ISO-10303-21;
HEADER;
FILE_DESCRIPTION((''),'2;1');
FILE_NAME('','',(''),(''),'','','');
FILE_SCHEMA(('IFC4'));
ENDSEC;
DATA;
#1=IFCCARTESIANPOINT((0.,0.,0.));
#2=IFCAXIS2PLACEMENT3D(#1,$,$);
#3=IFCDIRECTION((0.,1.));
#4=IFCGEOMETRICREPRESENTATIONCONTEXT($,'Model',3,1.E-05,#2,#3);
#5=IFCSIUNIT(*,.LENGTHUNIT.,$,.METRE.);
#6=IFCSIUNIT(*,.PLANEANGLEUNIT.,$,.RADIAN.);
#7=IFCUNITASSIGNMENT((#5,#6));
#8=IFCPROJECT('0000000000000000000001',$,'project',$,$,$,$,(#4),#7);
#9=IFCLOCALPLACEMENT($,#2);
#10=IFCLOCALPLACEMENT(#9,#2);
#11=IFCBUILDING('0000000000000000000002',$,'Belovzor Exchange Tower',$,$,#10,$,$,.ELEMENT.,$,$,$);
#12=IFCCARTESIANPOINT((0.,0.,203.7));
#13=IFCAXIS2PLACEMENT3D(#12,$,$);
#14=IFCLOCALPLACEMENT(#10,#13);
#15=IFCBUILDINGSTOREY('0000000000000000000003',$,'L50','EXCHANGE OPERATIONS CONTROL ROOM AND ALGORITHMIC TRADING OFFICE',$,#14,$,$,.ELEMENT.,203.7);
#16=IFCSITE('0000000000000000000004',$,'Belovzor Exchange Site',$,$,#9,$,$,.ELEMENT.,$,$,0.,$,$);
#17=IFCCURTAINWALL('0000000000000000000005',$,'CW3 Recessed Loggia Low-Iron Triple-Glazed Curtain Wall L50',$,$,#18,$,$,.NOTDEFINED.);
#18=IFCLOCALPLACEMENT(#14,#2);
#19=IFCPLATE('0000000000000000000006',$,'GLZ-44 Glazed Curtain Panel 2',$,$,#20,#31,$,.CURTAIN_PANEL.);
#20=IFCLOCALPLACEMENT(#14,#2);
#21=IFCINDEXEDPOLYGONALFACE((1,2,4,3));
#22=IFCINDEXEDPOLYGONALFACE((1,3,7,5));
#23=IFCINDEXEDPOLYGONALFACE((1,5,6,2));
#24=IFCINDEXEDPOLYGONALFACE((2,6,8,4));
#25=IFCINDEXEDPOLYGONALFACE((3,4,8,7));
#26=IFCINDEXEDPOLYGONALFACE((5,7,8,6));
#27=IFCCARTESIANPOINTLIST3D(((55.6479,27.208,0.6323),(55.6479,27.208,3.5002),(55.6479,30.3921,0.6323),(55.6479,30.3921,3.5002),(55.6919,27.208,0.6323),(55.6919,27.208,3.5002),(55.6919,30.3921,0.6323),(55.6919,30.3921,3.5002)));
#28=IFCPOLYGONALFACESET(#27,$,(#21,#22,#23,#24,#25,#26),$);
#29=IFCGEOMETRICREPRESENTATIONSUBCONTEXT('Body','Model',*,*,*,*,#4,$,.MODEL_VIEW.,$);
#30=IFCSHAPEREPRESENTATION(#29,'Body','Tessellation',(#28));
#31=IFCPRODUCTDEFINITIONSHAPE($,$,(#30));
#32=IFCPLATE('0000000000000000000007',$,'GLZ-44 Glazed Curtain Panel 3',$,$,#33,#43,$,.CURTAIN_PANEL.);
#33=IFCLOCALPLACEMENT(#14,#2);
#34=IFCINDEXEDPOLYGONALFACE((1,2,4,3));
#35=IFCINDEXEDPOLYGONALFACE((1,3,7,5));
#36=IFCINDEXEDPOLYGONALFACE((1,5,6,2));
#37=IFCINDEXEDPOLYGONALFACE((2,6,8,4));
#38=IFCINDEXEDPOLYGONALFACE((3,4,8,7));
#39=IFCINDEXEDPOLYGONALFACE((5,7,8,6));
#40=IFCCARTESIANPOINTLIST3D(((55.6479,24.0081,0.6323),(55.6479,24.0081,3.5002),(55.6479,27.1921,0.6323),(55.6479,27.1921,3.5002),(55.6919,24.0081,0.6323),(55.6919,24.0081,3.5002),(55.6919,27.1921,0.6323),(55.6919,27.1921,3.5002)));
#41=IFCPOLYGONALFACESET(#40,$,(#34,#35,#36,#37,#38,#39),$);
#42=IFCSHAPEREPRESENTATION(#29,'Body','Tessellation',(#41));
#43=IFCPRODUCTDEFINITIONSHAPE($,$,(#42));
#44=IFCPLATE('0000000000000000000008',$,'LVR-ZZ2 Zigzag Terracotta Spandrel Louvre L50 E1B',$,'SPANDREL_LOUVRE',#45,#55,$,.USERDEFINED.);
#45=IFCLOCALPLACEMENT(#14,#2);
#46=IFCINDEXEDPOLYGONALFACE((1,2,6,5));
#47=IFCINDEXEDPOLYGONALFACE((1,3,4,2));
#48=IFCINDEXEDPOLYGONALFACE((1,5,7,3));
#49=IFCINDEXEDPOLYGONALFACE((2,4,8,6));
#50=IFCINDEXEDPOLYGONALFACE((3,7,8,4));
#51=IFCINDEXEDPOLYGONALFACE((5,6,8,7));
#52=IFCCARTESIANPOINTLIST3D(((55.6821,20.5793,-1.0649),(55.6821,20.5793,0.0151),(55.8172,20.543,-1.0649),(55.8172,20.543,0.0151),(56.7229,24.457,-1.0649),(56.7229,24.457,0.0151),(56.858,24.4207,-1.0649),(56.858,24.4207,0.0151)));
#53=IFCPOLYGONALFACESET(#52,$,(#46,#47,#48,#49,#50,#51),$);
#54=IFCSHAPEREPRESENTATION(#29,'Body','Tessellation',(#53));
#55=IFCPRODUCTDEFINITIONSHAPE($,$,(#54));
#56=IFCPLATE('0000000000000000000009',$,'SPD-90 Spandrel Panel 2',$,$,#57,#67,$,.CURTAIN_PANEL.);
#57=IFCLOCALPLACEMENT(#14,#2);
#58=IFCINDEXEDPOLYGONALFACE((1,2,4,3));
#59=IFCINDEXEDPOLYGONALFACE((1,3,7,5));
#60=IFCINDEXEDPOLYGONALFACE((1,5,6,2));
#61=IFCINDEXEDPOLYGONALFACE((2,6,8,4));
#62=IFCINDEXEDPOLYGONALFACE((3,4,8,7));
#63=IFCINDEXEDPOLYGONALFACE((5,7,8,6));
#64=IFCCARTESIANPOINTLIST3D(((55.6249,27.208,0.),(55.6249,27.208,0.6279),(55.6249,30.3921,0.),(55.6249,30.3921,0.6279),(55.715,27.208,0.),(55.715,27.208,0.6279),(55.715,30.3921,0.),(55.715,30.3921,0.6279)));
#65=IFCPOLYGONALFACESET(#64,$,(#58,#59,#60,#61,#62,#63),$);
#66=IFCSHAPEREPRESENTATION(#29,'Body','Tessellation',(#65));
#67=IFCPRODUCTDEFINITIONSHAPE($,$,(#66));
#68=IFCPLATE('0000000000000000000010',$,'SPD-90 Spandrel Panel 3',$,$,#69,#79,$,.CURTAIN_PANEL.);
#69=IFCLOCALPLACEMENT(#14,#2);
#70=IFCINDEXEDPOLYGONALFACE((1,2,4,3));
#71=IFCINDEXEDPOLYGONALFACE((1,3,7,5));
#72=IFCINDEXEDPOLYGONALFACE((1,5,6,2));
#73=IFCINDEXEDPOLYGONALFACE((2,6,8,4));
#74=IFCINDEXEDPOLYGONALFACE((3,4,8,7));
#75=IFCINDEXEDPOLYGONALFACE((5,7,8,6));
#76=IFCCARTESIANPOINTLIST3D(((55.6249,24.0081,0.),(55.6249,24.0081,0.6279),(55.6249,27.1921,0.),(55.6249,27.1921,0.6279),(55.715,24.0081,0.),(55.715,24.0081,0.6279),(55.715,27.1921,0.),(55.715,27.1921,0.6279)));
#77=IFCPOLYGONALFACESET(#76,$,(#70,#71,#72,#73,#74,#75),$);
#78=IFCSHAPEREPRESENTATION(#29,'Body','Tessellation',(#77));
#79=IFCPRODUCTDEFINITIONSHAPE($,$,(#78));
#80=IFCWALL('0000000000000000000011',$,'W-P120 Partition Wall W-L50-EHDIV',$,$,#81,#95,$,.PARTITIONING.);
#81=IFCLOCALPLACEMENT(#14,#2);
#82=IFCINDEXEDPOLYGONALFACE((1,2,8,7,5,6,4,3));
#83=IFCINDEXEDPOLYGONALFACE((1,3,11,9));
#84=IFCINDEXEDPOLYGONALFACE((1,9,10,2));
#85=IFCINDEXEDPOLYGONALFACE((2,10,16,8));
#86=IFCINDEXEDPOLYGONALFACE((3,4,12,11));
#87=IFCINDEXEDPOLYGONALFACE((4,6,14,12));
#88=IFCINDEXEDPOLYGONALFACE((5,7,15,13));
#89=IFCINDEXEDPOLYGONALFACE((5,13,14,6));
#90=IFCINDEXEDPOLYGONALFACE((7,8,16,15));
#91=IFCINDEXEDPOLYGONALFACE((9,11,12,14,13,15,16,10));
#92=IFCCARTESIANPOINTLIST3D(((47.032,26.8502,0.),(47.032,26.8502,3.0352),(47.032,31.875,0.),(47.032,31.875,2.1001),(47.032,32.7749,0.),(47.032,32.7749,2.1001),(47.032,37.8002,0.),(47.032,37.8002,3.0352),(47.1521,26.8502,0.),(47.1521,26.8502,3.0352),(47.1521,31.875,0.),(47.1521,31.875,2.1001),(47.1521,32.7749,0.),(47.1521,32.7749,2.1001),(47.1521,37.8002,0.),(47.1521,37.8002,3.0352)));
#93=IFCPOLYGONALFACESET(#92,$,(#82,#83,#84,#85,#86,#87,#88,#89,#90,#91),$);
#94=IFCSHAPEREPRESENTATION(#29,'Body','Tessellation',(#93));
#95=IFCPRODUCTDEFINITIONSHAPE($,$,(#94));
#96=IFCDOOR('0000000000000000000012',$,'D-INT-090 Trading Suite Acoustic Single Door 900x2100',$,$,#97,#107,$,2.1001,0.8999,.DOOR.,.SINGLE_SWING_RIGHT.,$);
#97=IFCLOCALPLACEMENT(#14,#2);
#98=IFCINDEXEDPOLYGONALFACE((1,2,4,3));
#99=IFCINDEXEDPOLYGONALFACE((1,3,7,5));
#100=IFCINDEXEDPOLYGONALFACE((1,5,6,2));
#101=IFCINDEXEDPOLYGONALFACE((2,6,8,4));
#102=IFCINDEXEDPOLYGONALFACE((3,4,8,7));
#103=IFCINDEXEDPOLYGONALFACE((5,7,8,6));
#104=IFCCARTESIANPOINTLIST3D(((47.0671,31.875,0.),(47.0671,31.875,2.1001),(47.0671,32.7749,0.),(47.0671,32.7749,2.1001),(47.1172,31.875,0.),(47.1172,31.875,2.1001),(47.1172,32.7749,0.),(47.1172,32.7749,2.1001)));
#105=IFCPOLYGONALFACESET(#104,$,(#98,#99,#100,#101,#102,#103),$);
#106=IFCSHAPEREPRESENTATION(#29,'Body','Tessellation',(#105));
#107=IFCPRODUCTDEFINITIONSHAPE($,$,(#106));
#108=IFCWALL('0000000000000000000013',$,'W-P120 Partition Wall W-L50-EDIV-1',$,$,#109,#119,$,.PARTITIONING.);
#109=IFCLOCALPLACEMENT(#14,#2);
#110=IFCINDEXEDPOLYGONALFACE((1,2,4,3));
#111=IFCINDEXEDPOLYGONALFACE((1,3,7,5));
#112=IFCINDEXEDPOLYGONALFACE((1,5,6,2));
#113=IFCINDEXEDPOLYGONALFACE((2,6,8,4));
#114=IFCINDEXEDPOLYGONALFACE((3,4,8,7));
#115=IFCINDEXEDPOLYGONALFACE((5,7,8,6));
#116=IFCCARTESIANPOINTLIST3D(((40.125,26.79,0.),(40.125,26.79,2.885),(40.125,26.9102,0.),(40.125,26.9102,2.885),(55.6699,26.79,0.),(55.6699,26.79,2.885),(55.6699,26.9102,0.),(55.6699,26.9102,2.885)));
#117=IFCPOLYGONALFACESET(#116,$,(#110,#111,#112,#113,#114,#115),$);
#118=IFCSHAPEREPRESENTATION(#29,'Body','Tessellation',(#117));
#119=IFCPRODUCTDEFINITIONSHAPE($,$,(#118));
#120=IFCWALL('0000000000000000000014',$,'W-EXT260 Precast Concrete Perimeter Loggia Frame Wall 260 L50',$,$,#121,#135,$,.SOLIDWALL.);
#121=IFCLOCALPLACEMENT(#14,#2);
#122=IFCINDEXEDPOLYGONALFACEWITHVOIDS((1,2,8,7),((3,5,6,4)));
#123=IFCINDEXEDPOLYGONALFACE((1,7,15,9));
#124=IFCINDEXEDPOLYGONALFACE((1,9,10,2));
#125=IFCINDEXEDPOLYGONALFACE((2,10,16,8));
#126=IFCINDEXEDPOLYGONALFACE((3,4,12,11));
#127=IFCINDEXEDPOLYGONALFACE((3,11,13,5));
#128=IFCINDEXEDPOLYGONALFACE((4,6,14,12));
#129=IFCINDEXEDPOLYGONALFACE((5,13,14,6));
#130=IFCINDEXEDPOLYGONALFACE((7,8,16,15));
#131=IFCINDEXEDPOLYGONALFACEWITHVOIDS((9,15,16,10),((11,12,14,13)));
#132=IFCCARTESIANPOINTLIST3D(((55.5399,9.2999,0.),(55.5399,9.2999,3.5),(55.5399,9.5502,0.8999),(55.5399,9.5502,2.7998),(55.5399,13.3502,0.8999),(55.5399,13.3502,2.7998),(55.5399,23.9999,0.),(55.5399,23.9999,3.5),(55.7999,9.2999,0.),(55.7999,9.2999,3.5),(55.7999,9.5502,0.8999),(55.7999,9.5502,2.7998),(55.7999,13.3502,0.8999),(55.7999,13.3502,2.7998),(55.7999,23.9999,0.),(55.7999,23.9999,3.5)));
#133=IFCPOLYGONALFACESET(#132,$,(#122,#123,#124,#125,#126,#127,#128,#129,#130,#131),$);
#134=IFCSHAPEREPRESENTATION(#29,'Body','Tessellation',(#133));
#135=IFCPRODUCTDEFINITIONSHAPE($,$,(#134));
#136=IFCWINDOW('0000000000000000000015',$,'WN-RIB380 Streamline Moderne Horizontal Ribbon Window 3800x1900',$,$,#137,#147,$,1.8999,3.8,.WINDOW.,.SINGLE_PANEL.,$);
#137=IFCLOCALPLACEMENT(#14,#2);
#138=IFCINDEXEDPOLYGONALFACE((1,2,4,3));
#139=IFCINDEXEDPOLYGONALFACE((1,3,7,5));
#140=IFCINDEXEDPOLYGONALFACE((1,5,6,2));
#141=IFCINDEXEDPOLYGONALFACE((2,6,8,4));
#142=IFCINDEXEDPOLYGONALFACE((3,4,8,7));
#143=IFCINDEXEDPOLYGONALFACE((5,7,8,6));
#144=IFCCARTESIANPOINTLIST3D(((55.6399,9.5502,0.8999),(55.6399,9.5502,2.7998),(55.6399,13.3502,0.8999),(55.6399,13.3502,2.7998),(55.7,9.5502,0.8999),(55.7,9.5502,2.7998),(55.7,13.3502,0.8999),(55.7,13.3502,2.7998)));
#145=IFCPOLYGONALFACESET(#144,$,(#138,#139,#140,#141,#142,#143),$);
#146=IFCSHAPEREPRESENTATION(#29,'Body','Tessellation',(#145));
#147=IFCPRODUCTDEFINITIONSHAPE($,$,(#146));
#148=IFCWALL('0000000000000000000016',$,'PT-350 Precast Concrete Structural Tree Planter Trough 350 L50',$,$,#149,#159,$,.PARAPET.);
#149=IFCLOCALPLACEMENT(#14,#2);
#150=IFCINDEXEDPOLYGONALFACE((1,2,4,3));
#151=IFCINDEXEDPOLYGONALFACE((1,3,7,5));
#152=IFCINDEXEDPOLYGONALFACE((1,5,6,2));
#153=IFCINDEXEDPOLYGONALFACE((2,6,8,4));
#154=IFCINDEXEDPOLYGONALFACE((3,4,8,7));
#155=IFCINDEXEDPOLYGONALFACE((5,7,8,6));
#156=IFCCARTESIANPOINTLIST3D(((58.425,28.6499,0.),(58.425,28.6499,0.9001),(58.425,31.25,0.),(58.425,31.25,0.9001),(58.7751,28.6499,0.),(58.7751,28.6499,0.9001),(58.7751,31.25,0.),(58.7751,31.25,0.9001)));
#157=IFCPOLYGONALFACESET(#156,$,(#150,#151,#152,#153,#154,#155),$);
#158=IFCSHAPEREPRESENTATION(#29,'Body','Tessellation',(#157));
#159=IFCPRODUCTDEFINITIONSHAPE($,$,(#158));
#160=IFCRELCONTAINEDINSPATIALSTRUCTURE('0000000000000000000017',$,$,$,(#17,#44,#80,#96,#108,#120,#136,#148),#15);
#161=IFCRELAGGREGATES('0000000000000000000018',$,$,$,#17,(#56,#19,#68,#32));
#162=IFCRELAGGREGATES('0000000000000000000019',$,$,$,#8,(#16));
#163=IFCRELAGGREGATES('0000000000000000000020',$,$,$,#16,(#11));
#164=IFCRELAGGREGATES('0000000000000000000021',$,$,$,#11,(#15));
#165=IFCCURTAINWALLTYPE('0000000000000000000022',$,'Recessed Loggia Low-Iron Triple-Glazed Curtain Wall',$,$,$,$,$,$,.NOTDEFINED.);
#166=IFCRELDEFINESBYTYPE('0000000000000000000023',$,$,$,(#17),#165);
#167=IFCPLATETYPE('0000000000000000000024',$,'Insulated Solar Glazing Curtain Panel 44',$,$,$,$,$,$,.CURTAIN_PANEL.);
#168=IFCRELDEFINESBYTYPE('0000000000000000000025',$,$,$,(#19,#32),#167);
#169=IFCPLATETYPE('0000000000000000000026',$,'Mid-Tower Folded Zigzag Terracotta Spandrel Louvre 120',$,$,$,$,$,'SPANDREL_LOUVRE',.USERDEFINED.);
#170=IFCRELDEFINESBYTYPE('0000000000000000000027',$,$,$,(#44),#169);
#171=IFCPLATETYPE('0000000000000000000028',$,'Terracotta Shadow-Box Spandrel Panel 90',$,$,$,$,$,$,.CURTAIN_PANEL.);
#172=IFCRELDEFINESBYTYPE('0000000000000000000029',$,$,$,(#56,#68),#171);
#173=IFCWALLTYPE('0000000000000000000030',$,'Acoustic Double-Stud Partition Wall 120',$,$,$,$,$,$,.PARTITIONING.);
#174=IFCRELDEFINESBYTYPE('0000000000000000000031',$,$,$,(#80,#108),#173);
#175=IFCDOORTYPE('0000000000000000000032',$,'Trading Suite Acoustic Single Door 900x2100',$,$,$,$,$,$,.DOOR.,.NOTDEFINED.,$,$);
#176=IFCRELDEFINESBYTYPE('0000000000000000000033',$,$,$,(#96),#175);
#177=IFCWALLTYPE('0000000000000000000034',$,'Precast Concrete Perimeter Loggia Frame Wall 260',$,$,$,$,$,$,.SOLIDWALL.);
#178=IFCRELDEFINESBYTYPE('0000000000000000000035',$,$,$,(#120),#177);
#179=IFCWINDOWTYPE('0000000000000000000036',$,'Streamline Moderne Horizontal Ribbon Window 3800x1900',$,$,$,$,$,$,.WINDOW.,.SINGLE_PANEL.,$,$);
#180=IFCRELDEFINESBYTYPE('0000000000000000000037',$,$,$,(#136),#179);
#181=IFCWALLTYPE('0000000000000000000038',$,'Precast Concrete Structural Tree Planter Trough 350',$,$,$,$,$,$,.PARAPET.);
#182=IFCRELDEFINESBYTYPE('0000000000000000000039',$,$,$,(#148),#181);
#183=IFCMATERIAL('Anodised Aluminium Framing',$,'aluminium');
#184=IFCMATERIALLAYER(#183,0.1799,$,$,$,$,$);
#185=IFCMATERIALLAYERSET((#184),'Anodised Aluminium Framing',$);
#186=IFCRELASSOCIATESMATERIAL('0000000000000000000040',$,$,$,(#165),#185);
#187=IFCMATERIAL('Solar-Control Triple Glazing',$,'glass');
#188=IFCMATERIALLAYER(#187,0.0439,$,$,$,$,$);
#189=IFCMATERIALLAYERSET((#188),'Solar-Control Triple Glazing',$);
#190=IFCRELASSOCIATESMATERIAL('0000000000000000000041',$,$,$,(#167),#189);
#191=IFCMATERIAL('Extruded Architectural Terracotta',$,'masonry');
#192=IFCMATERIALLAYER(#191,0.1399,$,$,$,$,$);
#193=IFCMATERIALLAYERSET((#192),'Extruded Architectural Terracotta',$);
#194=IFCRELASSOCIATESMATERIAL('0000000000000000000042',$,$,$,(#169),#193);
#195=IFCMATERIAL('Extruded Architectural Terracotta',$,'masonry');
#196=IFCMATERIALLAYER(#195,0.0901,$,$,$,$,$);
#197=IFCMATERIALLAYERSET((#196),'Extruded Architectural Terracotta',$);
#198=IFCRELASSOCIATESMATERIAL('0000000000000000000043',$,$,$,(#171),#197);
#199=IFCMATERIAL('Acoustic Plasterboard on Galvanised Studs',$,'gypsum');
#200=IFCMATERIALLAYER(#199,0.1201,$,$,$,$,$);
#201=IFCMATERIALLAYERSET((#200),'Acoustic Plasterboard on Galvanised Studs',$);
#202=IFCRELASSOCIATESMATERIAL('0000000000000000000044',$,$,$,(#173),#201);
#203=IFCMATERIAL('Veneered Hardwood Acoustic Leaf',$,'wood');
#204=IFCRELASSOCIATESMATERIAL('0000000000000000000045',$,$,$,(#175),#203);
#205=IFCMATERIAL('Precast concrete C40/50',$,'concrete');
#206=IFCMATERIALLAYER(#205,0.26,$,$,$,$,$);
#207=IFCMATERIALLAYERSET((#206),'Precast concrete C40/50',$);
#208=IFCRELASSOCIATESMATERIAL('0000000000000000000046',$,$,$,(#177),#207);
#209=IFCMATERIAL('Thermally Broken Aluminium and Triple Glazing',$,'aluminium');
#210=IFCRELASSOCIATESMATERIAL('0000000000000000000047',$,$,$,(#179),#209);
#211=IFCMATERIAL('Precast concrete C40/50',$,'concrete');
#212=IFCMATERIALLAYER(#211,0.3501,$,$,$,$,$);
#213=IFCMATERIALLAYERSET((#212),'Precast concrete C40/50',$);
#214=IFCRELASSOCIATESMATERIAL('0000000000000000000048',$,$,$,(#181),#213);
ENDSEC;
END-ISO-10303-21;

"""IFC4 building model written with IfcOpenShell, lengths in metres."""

from ifc_helpers import new_model, si_unit, direction, frame, frame_2d, origin, origin_2d, place, context, subcontext, project, spatial, rectangle, extrude, material, layer, layer_set, type_object, element, fill, aggregate, save


model = new_model("IFC4")

# Units and contexts
model_context = context("Model", 3, precision=1e-05, world=origin(), true_north=direction((0.0, 1.0)))
body_context = subcontext(model_context, "Body", "Model", "MODEL_VIEW")
ifc_project = project(units=[si_unit("LENGTHUNIT", "METRE"), si_unit("PLANEANGLEUNIT", "RADIAN")], contexts=[model_context])

# Site, building, storey
site_placement = place(None, origin())
site = spatial("IfcSite", under=ifc_project, at=site_placement, Name="Belovzor Exchange Site", CompositionType="ELEMENT", RefElevation=0.0)
building_placement = place(site_placement, origin())
building = spatial("IfcBuilding", under=site, at=building_placement, Name="Belovzor Exchange Tower", CompositionType="ELEMENT")
storey_placement = place(building_placement, frame((0.0, 0.0, 203.7)))
storey = spatial("IfcBuildingStorey", under=building, at=storey_placement, Name="L50", Description="EXCHANGE OPERATIONS CONTROL ROOM AND ALGORITHMIC TRADING OFFICE", CompositionType="ELEMENT", Elevation=203.7)

# Curtain wall, plates
ifc_material_1 = material(Name="Anodised Aluminium Framing", Category="aluminium")
ifc_layer_1 = layer(ifc_material_1, 0.1799)
ifc_layer_set_1 = layer_set([ifc_layer_1], Name="Anodised Aluminium Framing")
curtain_wall_type = type_object("IfcCurtainWallType", Name="Recessed Loggia Low-Iron Triple-Glazed Curtain Wall", PredefinedType="NOTDEFINED", material=ifc_layer_set_1)
curtain_wall_placement = place(storey_placement, origin())
curtain_wall = element("IfcCurtainWall", 1, at=curtain_wall_placement, inside=storey, type_object=curtain_wall_type, Name="CW3 Recessed Loggia Low-Iron Triple-Glazed Curtain Wall L50", PredefinedType="NOTDEFINED")
ifc_material_2 = material(Name="Solar-Control Triple Glazing", Category="glass")
ifc_layer_2 = layer(ifc_material_2, 0.0439)
ifc_layer_set_2 = layer_set([ifc_layer_2], Name="Solar-Control Triple Glazing")
plate_type_1 = type_object("IfcPlateType", Name="Insulated Solar Glazing Curtain Panel 44", PredefinedType="CURTAIN_PANEL", material=ifc_layer_set_2)
plate_1_placement = place(storey_placement, frame((55.6699, 28.8, 0.6323), z_axis=(0.0, 0.0, 1.0), x_axis=(0.0, -1.0, 0.0)))
plate_1 = element("IfcPlate", 2, at=plate_1_placement, type_object=plate_type_1, Name="GLZ-44 Glazed Curtain Panel 2", PredefinedType="CURTAIN_PANEL", context=body_context, shape_type="SweptSolid", body=[
    extrude(rectangle(XDim=3.1841, YDim=0.0439, at=origin_2d()), origin(), (0.0, 0.0, 1.0), 2.8679),
])
plate_2_placement = place(storey_placement, frame((55.6699, 25.6001, 0.6323), z_axis=(0.0, 0.0, 1.0), x_axis=(0.0, -1.0, 0.0)))
plate_2 = element("IfcPlate", 3, at=plate_2_placement, type_object=plate_type_1, Name="GLZ-44 Glazed Curtain Panel 3", PredefinedType="CURTAIN_PANEL", context=body_context, shape_type="SweptSolid", body=[
    extrude(rectangle(XDim=3.1841, YDim=0.0439, at=origin_2d()), origin(), (0.0, 0.0, 1.0), 2.8679),
])

# Plates
ifc_material_3 = material(Name="Extruded Architectural Terracotta", Category="masonry")
ifc_layer_3 = layer(ifc_material_3, 0.1399)
ifc_layer_set_3 = layer_set([ifc_layer_3], Name="Extruded Architectural Terracotta")
plate_type_2 = type_object("IfcPlateType", Name="Mid-Tower Folded Zigzag Terracotta Spandrel Louvre 120", ElementType="SPANDREL_LOUVRE", PredefinedType="USERDEFINED", material=ifc_layer_set_3)
plate_3_placement = place(storey_placement, frame((56.27, 22.5, -1.0649), z_axis=(0.0, 0.0, 1.0), x_axis=(0.25924, 0.965813, 0.0)))
element("IfcPlate", 4, at=plate_3_placement, inside=storey, type_object=plate_type_2, Name="LVR-ZZ2 Zigzag Terracotta Spandrel Louvre L50 E1B", ObjectType="SPANDREL_LOUVRE", PredefinedType="USERDEFINED", context=body_context, shape_type="SweptSolid", body=[
    extrude(rectangle(XDim=4.0149, YDim=0.1399, at=origin_2d()), origin(), (0.0, 0.0, 1.0), 1.0801),
])
ifc_material_4 = material(Name="Extruded Architectural Terracotta", Category="masonry")
ifc_layer_4 = layer(ifc_material_4, 0.0901)
ifc_layer_set_4 = layer_set([ifc_layer_4], Name="Extruded Architectural Terracotta")
plate_type_3 = type_object("IfcPlateType", Name="Terracotta Shadow-Box Spandrel Panel 90", PredefinedType="CURTAIN_PANEL", material=ifc_layer_set_4)
plate_4_placement = place(storey_placement, frame((55.6699, 28.8, 0.0), z_axis=(0.0, 0.0, 1.0), x_axis=(0.0, -1.0, 0.0)))
plate_4 = element("IfcPlate", 5, at=plate_4_placement, type_object=plate_type_3, Name="SPD-90 Spandrel Panel 2", PredefinedType="CURTAIN_PANEL", context=body_context, shape_type="SweptSolid", body=[
    extrude(rectangle(XDim=3.1841, YDim=0.0901, at=origin_2d()), origin(), (0.0, 0.0, 1.0), 0.6279),
])
plate_5_placement = place(storey_placement, frame((55.6699, 25.6001, 0.0), z_axis=(0.0, 0.0, 1.0), x_axis=(0.0, -1.0, 0.0)))
plate_5 = element("IfcPlate", 6, at=plate_5_placement, type_object=plate_type_3, Name="SPD-90 Spandrel Panel 3", PredefinedType="CURTAIN_PANEL", context=body_context, shape_type="SweptSolid", body=[
    extrude(rectangle(XDim=3.1841, YDim=0.0901, at=origin_2d()), origin(), (0.0, 0.0, 1.0), 0.6279),
])
aggregate(curtain_wall, [plate_4, plate_1, plate_5, plate_2])

# Wall, opening, door
ifc_material_5 = material(Name="Acoustic Plasterboard on Galvanised Studs", Category="gypsum")
ifc_layer_5 = layer(ifc_material_5, 0.1201)
ifc_layer_set_5 = layer_set([ifc_layer_5], Name="Acoustic Plasterboard on Galvanised Studs")
wall_type_1 = type_object("IfcWallType", Name="Acoustic Double-Stud Partition Wall 120", PredefinedType="PARTITIONING", material=ifc_layer_set_5)
wall_1_placement = place(storey_placement, frame((47.092, 26.8501, 0.0), z_axis=(0.0, 0.0, 1.0), x_axis=(0.0, 1.0, 0.0)))
wall_1 = element("IfcWall", 7, at=wall_1_placement, inside=storey, type_object=wall_type_1, Name="W-P120 Partition Wall W-L50-EHDIV", PredefinedType="PARTITIONING", context=body_context, shape_type="SweptSolid", body=[
    extrude(rectangle(XDim=10.95, YDim=0.1201, at=frame_2d((5.4751, 0.0))), origin(), (0.0, 0.0, 1.0), 3.0352),
])
opening_1_placement = place(wall_1_placement, frame((5.0249, 0.0, 0.0)))
opening_1 = element("IfcOpeningElement", 8, at=opening_1_placement, cuts=wall_1, PredefinedType="OPENING", context=body_context, shape_type="SweptSolid", body=[
    extrude(rectangle(XDim=0.8999, YDim=2.1001, at=frame_2d((0.45, 1.05))), frame((0.0, 0.0701, 0.0), z_axis=(0.0, -1.0, 0.0), x_axis=(1.0, 0.0, 0.0)), (0.0, 0.0, 1.0), 0.1401),
])
ifc_material_6 = material(Name="Veneered Hardwood Acoustic Leaf", Category="wood")
door_type = type_object("IfcDoorType", Name="Trading Suite Acoustic Single Door 900x2100", OperationType="NOTDEFINED", PredefinedType="DOOR", material=ifc_material_6)
door_placement = place(opening_1_placement, origin())
door = element("IfcDoor", 9, at=door_placement, inside=storey, type_object=door_type, Name="D-INT-090 Trading Suite Acoustic Single Door 900x2100", OperationType="SINGLE_SWING_RIGHT", OverallHeight=2.1001, OverallWidth=0.8999, PredefinedType="DOOR", context=body_context, shape_type="SweptSolid", body=[
    extrude(rectangle(XDim=0.8999, YDim=2.1001, at=frame_2d((0.45, 1.05))), frame((0.0, 0.0249, 0.0), z_axis=(0.0, -1.0, 0.0), x_axis=(1.0, 0.0, 0.0)), (0.0, 0.0, 1.0), 0.05),
])
fill(opening_1, door)

# Wall
wall_2_placement = place(storey_placement, frame((40.125, 26.8501, 0.0), z_axis=(0.0, 0.0, 1.0), x_axis=(1.0, 0.0, 0.0)))
element("IfcWall", 10, at=wall_2_placement, inside=storey, type_object=wall_type_1, Name="W-P120 Partition Wall W-L50-EDIV-1", PredefinedType="PARTITIONING", context=body_context, shape_type="SweptSolid", body=[
    extrude(rectangle(XDim=15.5449, YDim=0.1201, at=frame_2d((7.7725, 0.0))), origin(), (0.0, 0.0, 1.0), 2.885),
])

# Wall, opening, window
ifc_material_7 = material(Name="Precast concrete C40/50", Category="concrete")
ifc_layer_6 = layer(ifc_material_7, 0.26)
ifc_layer_set_6 = layer_set([ifc_layer_6], Name="Precast concrete C40/50")
wall_type_2 = type_object("IfcWallType", Name="Precast Concrete Perimeter Loggia Frame Wall 260", PredefinedType="SOLIDWALL", material=ifc_layer_set_6)
wall_3_placement = place(storey_placement, frame((55.6699, 24.0, 0.0), z_axis=(0.0, 0.0, 1.0), x_axis=(0.0, -1.0, 0.0)))
wall_3 = element("IfcWall", 11, at=wall_3_placement, inside=storey, type_object=wall_type_2, Name="W-EXT260 Precast Concrete Perimeter Loggia Frame Wall 260 L50", PredefinedType="SOLIDWALL", context=body_context, shape_type="SweptSolid", body=[
    extrude(rectangle(XDim=14.7, YDim=0.26, at=frame_2d((7.3501, 0.0))), origin(), (0.0, 0.0, 1.0), 3.5),
])
opening_2_placement = place(wall_3_placement, frame((10.6499, 0.0, 0.8999)))
opening_2 = element("IfcOpeningElement", 12, at=opening_2_placement, cuts=wall_3, PredefinedType="OPENING", context=body_context, shape_type="SweptSolid", body=[
    extrude(rectangle(XDim=3.8, YDim=1.8999, at=frame_2d((1.8999, 0.95))), frame((0.0, 0.1399, 0.0), z_axis=(0.0, -1.0, 0.0), x_axis=(1.0, 0.0, 0.0)), (0.0, 0.0, 1.0), 0.28),
])
ifc_material_8 = material(Name="Thermally Broken Aluminium and Triple Glazing", Category="aluminium")
window_type = type_object("IfcWindowType", Name="Streamline Moderne Horizontal Ribbon Window 3800x1900", PartitioningType="SINGLE_PANEL", PredefinedType="WINDOW", material=ifc_material_8)
window_placement = place(opening_2_placement, origin())
window = element("IfcWindow", 13, at=window_placement, inside=storey, type_object=window_type, Name="WN-RIB380 Streamline Moderne Horizontal Ribbon Window 3800x1900", OverallHeight=1.8999, OverallWidth=3.8, PartitioningType="SINGLE_PANEL", PredefinedType="WINDOW", context=body_context, shape_type="SweptSolid", body=[
    extrude(rectangle(XDim=3.8, YDim=1.8999, at=frame_2d((1.8999, 0.95))), frame((0.0, 0.03, 0.0), z_axis=(0.0, -1.0, 0.0), x_axis=(1.0, 0.0, 0.0)), (0.0, 0.0, 1.0), 0.0601),
])
fill(opening_2, window)

# Wall
ifc_material_9 = material(Name="Precast concrete C40/50", Category="concrete")
ifc_layer_7 = layer(ifc_material_9, 0.3501)
ifc_layer_set_7 = layer_set([ifc_layer_7], Name="Precast concrete C40/50")
wall_type_3 = type_object("IfcWallType", Name="Precast Concrete Structural Tree Planter Trough 350", PredefinedType="PARAPET", material=ifc_layer_set_7)
wall_4_placement = place(storey_placement, frame((58.6001, 28.6499, 0.0), z_axis=(0.0, 0.0, 1.0), x_axis=(0.0, 1.0, 0.0)))
element("IfcWall", 14, at=wall_4_placement, inside=storey, type_object=wall_type_3, Name="PT-350 Precast Concrete Structural Tree Planter Trough 350 L50", PredefinedType="PARAPET", context=body_context, shape_type="SweptSolid", body=[
    extrude(rectangle(XDim=2.6001, YDim=0.3501, at=frame_2d((1.3, 0.0))), origin(), (0.0, 0.0, 1.0), 0.9001),
])

save(model, "model.ifc")
